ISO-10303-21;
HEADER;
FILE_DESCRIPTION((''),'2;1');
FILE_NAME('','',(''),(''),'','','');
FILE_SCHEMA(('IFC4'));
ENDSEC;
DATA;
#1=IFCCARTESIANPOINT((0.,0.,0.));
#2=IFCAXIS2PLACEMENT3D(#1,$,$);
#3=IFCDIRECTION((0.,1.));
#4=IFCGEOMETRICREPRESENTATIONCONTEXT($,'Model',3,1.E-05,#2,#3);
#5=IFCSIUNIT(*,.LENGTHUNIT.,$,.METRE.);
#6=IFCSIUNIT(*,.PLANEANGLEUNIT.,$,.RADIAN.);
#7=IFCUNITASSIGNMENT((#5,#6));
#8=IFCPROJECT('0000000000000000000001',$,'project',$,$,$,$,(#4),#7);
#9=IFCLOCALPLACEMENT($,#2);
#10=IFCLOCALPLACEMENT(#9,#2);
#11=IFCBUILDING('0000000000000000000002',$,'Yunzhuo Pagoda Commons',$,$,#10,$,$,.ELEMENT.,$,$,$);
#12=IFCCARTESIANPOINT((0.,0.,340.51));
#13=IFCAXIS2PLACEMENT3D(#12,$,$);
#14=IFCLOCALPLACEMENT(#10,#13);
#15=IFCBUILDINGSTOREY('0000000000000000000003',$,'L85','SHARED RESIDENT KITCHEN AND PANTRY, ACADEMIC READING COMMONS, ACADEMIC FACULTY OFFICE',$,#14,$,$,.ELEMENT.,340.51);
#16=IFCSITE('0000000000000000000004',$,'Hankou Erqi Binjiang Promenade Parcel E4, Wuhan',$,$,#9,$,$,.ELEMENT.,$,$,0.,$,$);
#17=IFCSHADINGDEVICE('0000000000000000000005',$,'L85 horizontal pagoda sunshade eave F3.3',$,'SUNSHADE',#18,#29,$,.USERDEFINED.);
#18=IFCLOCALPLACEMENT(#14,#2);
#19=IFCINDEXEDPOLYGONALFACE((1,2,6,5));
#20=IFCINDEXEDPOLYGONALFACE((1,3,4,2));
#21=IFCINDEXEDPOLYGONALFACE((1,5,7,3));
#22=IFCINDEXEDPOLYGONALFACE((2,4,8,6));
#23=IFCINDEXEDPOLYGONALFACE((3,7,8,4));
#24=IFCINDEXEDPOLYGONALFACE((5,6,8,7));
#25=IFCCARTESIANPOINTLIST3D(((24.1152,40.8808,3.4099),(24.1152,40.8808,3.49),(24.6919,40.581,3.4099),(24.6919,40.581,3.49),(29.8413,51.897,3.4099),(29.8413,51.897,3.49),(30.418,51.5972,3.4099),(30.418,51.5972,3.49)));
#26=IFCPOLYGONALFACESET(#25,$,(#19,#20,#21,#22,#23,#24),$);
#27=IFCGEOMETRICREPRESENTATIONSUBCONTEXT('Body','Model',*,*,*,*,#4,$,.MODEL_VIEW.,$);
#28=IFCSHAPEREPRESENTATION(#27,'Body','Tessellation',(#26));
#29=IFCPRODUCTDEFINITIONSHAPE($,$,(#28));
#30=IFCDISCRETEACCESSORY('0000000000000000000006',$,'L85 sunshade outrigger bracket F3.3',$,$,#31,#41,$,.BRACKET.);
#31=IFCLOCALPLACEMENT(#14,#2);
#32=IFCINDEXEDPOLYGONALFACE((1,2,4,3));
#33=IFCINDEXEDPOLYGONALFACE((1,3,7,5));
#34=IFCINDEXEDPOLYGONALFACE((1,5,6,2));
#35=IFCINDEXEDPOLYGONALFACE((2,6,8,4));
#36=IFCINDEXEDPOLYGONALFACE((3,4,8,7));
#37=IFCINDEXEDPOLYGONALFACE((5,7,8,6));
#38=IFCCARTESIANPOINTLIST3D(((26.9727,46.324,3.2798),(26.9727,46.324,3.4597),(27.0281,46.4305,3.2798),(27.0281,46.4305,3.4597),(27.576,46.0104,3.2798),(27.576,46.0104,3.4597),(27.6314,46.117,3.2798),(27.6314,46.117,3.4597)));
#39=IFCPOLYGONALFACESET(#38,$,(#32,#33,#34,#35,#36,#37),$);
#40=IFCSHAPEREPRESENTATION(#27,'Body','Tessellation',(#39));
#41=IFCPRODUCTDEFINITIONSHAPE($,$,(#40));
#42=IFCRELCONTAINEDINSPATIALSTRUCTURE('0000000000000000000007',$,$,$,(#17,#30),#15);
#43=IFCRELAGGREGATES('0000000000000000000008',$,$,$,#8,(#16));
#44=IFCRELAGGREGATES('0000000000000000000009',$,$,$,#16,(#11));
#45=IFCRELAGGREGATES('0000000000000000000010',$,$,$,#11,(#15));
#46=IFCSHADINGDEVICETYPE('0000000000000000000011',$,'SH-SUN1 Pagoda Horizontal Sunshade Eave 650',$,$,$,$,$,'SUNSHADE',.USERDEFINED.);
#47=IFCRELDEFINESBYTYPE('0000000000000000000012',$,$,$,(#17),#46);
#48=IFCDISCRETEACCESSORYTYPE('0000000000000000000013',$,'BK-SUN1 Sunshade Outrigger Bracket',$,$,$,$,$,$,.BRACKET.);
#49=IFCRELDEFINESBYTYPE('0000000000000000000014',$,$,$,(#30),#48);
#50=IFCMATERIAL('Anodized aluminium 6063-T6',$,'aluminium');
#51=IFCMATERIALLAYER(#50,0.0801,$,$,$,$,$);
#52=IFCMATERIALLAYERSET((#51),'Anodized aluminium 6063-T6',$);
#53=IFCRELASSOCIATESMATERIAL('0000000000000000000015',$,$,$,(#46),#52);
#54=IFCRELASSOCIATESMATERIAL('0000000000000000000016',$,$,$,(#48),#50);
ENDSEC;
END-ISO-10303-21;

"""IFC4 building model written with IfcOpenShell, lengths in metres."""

from ifc_helpers import new_model, si_unit, direction, frame, origin, origin_2d, place, context, subcontext, project, spatial, rectangle, extrude, source, transform, mapped, material, layer, layer_set, type_object, element, save


model = new_model("IFC4")

# Units and contexts
model_context = context("Model", 3, precision=1e-05, world=origin(), true_north=direction((0.0, 1.0)))
body_context = subcontext(model_context, "Body", "Model", "MODEL_VIEW")
ifc_project = project(units=[si_unit("LENGTHUNIT", "METRE"), si_unit("PLANEANGLEUNIT", "RADIAN")], contexts=[model_context])

# Site, building, storey
site_placement = place(None, origin())
site = spatial("IfcSite", under=ifc_project, at=site_placement, Name="Hankou Erqi Binjiang Promenade Parcel E4, Wuhan", CompositionType="ELEMENT", RefElevation=0.0)
building_placement = place(site_placement, origin())
building = spatial("IfcBuilding", under=site, at=building_placement, Name="Yunzhuo Pagoda Commons", CompositionType="ELEMENT")
storey_placement = place(building_placement, frame((0.0, 0.0, 340.51)))
storey = spatial("IfcBuildingStorey", under=building, at=storey_placement, Name="L85", Description="SHARED RESIDENT KITCHEN AND PANTRY, ACADEMIC READING COMMONS, ACADEMIC FACULTY OFFICE", CompositionType="ELEMENT", Elevation=340.51)

# Shared definitions
ifc_material_1 = material(Name="Anodized aluminium 6063-T6", Category="aluminium")

# Shading device
ifc_layer_1 = layer(ifc_material_1, 0.0801)
ifc_layer_set_1 = layer_set([ifc_layer_1], Name="Anodized aluminium 6063-T6")
shading_device_type = type_object("IfcShadingDeviceType", Name="SH-SUN1 Pagoda Horizontal Sunshade Eave 650", ElementType="SUNSHADE", PredefinedType="USERDEFINED", material=ifc_layer_set_1)
shared_shape_1 = source(origin(), body_context, "Body", "SweptSolid", [
    extrude(rectangle(XDim=12.4155, YDim=0.6499, at=origin_2d()), origin(), (0.0, 0.0, 1.0), 0.0801),
])
shading_device_placement = place(storey_placement, frame((27.2666, 46.239, 3.4099), z_axis=(0.0, 0.0, 1.0), x_axis=(-0.461207, -0.887293, 0.0)))
element("IfcShadingDevice", 1, at=shading_device_placement, inside=storey, type_object=shading_device_type, Name="L85 horizontal pagoda sunshade eave F3.3", ObjectType="SUNSHADE", PredefinedType="USERDEFINED", context=body_context, shape_type="MappedRepresentation", body=[
    mapped(shared_shape_1, transform((0.0, 0.0, 0.0), scale=1.0)),
])

# Discrete accessory
discrete_accessory_type = type_object("IfcDiscreteAccessoryType", Name="BK-SUN1 Sunshade Outrigger Bracket", PredefinedType="BRACKET", material=ifc_material_1)
shared_shape_2 = source(origin(), body_context, "Body", "SweptSolid", [
    extrude(rectangle(XDim=0.1201, YDim=0.6799, at=origin_2d()), origin(), (0.0, 0.0, 1.0), 0.1799),
])
discrete_accessory_placement = place(storey_placement, frame((27.302, 46.2205, 3.2798), z_axis=(0.0, 0.0, 1.0), x_axis=(-0.461207, -0.887293, 0.0)))
element("IfcDiscreteAccessory", 2, at=discrete_accessory_placement, inside=storey, type_object=discrete_accessory_type, Name="L85 sunshade outrigger bracket F3.3", PredefinedType="BRACKET", context=body_context, shape_type="MappedRepresentation", body=[
    mapped(shared_shape_2, transform((0.0, 0.0, 0.0), scale=1.0)),
])

save(model, "model.ifc")
